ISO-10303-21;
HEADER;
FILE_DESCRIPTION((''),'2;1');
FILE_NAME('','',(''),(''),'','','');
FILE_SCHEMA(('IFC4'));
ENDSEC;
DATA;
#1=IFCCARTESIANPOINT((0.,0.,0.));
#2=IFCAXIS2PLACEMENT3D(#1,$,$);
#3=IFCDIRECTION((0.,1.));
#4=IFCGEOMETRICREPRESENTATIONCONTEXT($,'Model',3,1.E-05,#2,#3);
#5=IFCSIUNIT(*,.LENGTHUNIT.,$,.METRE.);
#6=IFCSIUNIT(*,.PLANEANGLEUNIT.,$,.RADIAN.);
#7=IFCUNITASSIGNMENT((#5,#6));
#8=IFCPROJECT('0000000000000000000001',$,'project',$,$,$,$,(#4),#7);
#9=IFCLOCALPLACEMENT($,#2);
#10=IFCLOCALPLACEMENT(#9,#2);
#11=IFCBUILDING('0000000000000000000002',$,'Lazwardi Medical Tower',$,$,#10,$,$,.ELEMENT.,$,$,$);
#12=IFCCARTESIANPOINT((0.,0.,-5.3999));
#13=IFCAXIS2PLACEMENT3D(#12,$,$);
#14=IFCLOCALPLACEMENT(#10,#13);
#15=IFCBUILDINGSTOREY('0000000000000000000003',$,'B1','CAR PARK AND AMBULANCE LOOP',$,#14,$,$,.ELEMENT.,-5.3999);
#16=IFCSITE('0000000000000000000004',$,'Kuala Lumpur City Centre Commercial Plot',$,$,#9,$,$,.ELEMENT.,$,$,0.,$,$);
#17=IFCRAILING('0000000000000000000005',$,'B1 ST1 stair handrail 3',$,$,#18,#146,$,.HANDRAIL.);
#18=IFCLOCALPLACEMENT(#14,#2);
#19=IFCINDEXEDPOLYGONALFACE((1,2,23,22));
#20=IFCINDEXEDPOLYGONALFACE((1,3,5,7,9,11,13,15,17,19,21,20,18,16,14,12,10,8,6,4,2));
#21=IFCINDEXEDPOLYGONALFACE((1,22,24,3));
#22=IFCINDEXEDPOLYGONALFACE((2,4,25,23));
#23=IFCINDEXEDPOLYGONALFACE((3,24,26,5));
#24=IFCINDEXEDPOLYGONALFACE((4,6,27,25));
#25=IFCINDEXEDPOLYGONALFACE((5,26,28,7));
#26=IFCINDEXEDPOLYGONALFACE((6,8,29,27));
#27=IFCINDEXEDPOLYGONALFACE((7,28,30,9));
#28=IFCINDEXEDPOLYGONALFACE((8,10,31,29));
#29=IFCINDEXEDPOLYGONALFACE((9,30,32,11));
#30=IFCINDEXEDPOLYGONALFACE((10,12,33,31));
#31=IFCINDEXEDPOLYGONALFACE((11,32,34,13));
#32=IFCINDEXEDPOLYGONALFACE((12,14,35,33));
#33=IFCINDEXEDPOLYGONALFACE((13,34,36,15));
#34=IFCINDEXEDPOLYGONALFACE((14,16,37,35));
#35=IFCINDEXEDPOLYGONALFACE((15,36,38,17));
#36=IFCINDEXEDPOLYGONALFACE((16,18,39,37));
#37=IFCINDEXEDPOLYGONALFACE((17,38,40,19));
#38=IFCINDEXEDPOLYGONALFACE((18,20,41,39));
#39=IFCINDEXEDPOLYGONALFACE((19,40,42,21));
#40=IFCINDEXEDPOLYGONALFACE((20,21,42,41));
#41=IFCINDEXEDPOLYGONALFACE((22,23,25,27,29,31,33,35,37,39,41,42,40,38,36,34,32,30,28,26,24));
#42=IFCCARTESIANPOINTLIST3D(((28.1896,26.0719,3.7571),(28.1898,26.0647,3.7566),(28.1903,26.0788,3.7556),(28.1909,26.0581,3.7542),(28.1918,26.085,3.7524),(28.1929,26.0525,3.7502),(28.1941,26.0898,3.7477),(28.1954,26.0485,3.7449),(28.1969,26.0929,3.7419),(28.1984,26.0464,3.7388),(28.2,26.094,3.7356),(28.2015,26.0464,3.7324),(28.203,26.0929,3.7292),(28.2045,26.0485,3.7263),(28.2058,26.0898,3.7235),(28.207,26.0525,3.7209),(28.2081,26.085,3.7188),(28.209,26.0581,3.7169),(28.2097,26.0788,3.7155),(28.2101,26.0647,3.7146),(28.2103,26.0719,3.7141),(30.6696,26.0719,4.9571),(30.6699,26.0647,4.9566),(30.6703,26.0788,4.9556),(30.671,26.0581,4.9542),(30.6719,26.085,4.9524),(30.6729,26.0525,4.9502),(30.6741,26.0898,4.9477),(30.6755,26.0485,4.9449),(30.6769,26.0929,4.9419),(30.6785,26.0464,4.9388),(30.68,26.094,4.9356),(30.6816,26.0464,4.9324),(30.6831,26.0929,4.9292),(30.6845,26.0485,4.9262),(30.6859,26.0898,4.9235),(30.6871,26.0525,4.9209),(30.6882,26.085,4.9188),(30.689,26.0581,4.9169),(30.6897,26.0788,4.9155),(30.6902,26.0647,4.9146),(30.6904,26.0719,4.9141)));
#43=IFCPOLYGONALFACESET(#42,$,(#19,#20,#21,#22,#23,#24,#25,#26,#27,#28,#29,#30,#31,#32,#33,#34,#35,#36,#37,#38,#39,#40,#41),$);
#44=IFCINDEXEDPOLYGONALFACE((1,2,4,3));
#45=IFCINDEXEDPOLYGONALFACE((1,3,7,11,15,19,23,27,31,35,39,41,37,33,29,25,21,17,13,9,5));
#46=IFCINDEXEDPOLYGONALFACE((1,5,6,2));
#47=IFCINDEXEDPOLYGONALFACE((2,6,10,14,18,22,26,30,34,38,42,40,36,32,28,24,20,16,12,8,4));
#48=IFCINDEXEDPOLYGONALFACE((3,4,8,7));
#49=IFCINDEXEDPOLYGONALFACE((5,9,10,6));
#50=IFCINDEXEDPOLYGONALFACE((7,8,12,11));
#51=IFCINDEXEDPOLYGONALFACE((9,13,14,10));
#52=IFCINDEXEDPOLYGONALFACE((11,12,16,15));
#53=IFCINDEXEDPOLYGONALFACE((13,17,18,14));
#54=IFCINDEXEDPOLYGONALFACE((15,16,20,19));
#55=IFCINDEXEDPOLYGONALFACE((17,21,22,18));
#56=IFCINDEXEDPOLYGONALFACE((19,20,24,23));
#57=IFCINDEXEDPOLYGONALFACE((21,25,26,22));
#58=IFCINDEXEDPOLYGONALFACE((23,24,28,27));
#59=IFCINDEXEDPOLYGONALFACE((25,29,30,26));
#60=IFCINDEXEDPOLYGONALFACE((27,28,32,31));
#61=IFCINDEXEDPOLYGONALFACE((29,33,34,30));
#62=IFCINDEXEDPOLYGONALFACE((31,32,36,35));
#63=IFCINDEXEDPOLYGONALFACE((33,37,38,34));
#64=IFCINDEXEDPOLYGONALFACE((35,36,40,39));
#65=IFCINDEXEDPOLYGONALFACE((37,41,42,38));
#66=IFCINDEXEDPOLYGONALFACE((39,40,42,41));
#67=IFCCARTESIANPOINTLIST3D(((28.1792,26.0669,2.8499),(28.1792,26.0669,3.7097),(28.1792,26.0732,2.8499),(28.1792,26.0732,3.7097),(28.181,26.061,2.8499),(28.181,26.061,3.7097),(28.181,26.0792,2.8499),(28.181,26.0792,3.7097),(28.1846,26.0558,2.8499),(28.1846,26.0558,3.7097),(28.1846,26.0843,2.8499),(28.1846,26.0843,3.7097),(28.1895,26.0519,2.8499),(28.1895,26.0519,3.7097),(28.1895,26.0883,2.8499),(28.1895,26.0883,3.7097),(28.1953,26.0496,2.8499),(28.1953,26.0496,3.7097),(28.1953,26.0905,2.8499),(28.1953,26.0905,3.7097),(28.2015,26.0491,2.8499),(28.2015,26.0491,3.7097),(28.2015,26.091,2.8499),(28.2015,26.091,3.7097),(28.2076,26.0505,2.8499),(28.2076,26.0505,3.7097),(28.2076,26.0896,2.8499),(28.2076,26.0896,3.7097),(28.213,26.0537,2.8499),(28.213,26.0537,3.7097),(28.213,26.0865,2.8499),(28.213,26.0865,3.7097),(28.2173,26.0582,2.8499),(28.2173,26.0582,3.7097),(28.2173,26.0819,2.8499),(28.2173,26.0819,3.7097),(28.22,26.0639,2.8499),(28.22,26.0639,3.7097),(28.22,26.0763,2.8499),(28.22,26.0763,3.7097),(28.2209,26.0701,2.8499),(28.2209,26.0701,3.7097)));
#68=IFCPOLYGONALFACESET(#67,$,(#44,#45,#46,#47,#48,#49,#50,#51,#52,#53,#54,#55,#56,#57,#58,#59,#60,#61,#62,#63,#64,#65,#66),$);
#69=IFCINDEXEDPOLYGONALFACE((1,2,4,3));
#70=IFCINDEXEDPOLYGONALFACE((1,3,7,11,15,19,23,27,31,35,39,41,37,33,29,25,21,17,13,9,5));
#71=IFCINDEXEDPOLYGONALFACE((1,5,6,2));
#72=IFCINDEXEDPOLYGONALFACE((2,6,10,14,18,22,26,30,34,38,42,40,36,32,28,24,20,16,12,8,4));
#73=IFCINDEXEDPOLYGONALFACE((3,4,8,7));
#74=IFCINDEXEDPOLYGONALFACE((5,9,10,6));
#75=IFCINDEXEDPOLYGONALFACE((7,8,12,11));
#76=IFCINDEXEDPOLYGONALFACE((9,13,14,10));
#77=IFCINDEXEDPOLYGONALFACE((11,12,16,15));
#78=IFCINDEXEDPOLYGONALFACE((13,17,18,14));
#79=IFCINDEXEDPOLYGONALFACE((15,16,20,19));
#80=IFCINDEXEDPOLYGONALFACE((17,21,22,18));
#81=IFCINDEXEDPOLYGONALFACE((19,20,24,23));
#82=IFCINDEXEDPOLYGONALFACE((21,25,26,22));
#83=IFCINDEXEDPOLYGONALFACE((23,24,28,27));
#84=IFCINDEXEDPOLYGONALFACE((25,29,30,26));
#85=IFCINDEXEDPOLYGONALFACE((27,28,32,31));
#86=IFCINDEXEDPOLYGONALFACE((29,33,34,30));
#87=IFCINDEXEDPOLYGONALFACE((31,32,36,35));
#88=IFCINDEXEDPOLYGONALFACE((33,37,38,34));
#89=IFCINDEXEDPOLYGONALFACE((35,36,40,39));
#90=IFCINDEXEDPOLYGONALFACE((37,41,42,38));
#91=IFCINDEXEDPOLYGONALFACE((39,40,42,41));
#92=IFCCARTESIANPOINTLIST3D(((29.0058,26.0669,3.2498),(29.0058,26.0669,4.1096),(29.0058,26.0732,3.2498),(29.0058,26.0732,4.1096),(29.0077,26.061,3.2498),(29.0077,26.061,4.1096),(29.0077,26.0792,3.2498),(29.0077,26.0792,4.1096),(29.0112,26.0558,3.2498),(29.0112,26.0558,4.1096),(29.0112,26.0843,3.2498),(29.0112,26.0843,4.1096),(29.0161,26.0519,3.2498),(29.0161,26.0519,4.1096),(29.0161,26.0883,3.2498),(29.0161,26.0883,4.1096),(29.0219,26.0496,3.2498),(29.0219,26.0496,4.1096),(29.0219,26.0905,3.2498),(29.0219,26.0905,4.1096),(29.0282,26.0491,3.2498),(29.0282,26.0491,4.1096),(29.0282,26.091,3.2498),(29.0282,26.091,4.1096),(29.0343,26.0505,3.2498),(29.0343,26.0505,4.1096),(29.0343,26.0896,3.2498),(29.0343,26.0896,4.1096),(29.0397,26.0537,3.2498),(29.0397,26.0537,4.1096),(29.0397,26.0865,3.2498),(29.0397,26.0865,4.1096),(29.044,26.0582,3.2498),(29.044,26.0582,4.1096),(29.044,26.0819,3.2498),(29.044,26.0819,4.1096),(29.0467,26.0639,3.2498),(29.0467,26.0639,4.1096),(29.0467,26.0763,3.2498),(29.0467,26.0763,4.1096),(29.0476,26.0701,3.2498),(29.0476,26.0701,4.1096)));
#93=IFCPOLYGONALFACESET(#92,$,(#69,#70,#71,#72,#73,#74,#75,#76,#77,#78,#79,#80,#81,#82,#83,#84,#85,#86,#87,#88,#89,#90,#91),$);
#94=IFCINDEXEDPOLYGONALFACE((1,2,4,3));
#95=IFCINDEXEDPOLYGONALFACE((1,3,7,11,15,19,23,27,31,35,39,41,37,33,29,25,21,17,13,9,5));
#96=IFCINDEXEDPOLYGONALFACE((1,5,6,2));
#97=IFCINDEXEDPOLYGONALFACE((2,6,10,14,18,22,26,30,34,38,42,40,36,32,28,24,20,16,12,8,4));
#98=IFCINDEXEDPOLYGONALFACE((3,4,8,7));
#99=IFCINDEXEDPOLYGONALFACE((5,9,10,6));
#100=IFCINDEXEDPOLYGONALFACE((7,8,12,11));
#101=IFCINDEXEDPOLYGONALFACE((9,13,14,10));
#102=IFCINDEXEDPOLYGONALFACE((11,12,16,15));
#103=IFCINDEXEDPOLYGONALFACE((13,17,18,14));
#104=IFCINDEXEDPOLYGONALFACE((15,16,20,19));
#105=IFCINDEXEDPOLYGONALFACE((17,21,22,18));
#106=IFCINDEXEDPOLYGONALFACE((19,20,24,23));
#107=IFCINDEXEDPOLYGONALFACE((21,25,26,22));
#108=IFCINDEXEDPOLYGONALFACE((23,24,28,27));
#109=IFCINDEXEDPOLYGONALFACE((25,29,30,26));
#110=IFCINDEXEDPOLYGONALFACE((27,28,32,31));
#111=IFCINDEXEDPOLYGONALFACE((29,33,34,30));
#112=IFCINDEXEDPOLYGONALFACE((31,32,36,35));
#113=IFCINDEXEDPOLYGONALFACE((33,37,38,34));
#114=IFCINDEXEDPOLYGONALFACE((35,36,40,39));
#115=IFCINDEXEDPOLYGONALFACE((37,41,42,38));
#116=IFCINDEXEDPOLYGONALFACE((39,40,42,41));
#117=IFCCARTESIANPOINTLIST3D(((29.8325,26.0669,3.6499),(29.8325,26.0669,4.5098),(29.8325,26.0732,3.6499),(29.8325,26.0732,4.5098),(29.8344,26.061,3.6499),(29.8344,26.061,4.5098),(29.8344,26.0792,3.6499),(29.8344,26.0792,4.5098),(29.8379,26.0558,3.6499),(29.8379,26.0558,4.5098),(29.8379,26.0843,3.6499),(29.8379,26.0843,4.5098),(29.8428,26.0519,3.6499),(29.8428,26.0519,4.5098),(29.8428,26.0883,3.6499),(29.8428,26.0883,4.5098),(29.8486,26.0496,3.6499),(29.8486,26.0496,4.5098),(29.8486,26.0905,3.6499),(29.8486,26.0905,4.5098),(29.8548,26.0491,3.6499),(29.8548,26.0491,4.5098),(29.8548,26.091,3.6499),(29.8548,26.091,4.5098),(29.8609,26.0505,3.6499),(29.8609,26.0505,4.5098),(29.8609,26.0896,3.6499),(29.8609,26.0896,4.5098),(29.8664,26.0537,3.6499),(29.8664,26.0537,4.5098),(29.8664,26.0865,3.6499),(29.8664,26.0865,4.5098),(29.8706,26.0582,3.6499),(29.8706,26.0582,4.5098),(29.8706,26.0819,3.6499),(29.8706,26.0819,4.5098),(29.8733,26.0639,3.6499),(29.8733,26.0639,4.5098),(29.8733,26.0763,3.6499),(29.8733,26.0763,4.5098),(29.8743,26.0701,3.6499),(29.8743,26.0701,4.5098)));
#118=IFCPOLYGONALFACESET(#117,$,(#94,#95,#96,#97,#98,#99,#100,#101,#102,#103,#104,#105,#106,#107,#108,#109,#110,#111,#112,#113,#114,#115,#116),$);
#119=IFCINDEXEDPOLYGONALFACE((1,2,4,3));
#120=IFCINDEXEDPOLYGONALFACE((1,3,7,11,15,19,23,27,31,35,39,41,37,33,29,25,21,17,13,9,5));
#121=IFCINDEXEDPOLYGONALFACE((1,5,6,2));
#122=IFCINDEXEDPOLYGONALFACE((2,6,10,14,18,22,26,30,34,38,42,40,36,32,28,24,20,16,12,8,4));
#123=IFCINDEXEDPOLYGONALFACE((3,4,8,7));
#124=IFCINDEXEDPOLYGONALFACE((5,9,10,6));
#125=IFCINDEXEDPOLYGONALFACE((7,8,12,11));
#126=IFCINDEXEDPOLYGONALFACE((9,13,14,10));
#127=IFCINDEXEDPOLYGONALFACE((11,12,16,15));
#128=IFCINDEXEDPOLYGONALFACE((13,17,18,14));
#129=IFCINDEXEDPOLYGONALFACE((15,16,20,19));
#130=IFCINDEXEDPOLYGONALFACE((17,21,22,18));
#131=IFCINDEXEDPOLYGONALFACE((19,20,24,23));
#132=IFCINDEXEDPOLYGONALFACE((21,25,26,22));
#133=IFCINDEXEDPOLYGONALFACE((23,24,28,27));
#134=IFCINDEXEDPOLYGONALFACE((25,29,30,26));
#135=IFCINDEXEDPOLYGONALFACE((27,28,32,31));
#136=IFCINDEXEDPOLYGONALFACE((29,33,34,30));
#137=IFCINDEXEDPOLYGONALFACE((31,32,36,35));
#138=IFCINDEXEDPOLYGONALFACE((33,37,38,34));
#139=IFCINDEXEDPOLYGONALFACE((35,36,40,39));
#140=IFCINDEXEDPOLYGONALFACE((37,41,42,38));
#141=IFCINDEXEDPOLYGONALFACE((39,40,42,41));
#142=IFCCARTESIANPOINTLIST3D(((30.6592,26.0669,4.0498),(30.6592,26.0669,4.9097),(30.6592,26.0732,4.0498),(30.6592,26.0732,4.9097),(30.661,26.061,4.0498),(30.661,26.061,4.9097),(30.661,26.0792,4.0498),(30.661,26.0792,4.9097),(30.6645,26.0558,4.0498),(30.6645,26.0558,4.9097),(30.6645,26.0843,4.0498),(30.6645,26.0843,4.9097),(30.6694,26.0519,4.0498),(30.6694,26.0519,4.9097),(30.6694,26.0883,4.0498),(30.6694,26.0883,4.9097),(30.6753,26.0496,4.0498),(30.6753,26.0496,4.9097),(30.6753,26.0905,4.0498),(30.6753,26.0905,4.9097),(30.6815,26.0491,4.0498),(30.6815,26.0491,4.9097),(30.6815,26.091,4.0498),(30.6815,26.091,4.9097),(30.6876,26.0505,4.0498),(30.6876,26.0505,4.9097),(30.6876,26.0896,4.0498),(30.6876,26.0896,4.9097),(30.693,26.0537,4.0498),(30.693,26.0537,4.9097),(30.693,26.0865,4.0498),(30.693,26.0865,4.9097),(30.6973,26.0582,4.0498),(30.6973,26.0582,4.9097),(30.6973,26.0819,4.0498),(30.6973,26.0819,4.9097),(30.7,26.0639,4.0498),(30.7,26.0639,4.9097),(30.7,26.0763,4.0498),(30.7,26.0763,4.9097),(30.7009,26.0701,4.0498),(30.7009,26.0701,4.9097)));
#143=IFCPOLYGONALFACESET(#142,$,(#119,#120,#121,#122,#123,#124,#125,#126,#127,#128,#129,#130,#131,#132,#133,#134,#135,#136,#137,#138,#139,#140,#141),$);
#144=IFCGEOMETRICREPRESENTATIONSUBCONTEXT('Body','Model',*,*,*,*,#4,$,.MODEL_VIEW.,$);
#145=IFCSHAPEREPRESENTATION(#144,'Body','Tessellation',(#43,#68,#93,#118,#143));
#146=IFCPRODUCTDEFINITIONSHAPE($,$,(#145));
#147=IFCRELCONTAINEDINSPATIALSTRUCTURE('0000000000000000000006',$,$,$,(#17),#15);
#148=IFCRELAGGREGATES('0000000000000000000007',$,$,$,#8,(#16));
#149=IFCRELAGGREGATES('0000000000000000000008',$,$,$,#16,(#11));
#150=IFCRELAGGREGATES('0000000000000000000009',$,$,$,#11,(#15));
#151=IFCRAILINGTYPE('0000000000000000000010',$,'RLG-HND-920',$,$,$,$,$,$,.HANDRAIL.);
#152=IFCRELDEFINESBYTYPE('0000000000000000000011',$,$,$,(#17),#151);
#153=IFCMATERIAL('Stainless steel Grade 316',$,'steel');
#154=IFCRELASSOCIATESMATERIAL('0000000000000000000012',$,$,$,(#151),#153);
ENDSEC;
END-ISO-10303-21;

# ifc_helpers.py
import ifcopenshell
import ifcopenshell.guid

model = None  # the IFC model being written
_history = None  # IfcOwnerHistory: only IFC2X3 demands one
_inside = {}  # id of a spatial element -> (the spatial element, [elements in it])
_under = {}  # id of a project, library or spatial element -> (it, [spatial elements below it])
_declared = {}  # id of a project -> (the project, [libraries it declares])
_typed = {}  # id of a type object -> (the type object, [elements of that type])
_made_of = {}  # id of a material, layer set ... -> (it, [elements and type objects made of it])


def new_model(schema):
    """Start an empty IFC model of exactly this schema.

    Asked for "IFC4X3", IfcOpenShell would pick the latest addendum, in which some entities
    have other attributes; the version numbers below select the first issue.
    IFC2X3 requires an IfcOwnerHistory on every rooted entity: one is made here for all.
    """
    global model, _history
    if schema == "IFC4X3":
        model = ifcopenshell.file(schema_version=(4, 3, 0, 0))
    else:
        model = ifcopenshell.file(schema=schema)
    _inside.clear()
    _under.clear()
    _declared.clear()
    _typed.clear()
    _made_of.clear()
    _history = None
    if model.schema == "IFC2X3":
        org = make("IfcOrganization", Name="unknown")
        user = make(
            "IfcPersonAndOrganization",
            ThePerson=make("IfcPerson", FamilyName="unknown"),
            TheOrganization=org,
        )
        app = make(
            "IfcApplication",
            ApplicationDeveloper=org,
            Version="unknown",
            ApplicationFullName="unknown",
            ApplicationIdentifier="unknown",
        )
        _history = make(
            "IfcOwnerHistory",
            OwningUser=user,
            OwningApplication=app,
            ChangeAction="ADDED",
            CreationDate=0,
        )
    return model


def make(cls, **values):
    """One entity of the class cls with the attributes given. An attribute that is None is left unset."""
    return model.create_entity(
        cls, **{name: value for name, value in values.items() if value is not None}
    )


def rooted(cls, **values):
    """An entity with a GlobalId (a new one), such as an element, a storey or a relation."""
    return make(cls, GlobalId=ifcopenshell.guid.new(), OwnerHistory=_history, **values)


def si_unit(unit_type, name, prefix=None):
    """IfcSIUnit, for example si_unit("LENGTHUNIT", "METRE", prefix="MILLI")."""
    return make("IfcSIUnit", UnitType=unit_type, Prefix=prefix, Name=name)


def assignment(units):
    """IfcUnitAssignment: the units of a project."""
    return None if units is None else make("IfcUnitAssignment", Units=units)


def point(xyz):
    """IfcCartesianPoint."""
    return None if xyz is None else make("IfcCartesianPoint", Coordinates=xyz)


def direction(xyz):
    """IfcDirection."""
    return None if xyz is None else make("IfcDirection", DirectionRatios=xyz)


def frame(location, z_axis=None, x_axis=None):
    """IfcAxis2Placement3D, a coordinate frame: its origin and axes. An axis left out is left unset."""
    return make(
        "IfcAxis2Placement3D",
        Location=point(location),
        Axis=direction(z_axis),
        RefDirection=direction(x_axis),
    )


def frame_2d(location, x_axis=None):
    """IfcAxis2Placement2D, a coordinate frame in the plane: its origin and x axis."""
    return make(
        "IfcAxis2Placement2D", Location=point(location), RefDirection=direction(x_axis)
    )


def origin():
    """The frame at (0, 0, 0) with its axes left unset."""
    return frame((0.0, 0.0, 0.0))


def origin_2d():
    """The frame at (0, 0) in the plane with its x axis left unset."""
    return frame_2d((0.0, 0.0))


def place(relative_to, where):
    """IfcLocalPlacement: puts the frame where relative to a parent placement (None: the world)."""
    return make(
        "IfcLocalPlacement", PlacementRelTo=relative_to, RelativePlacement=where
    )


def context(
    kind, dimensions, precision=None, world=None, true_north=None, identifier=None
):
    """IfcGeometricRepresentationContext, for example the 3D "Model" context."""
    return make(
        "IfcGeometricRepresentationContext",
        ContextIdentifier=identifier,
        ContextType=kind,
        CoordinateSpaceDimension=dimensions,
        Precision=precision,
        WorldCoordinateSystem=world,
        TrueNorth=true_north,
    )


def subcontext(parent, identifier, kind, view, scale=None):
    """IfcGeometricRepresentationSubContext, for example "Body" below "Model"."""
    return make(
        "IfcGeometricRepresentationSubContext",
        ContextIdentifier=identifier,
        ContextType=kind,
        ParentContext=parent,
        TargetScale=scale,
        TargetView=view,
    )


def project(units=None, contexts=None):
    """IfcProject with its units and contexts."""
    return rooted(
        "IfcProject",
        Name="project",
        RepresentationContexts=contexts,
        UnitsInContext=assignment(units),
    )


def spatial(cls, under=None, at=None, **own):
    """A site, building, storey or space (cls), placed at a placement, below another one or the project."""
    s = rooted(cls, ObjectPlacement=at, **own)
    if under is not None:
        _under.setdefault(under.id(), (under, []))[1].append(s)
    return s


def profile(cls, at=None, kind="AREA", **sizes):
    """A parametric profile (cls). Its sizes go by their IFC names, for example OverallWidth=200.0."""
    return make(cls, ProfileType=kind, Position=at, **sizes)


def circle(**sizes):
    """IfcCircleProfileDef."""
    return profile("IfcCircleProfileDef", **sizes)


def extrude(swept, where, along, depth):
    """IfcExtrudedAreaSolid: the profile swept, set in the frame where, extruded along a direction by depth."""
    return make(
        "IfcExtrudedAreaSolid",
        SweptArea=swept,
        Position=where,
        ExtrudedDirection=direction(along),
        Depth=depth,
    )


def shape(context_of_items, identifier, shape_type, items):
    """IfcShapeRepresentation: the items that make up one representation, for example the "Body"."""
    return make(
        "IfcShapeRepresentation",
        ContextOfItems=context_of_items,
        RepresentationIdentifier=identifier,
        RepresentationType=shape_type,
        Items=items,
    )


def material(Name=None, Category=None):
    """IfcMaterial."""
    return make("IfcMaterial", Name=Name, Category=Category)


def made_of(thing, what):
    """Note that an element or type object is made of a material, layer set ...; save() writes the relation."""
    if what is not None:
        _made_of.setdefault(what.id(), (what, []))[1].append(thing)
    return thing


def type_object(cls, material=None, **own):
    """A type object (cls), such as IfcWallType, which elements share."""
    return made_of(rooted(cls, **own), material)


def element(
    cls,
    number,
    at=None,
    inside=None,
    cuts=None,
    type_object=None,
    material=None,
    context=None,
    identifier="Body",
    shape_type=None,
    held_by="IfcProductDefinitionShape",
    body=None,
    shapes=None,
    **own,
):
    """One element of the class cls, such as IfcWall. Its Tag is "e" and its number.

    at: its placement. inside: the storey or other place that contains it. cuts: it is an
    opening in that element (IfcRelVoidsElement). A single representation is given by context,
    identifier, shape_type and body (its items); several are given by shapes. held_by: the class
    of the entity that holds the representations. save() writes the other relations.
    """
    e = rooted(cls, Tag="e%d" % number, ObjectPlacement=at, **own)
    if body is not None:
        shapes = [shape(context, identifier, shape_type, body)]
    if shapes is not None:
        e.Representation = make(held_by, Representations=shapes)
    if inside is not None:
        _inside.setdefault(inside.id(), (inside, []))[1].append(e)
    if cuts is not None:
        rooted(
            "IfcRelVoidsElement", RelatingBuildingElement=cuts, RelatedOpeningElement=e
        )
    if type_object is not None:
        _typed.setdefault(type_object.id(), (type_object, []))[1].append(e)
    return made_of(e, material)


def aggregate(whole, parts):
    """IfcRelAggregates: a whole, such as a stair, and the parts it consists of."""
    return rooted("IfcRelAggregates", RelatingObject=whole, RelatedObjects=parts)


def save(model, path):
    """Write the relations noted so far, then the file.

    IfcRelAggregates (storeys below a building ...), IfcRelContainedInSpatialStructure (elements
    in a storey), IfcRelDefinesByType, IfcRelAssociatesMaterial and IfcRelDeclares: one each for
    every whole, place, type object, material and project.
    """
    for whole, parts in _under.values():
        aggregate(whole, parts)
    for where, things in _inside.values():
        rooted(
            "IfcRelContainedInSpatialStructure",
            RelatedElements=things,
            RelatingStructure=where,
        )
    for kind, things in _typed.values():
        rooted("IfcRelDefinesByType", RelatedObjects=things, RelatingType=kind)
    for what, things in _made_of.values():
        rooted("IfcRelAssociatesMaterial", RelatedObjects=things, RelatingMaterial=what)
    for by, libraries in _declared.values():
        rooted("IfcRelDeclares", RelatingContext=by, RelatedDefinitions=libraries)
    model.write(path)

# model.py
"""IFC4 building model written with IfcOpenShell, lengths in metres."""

from ifc_helpers import new_model, si_unit, direction, frame, origin, origin_2d, place, context, subcontext, project, spatial, circle, extrude, material, type_object, element, save


model = new_model("IFC4")

# Units and contexts
model_context = context("Model", 3, precision=1e-05, world=origin(), true_north=direction((0.0, 1.0)))
body_context = subcontext(model_context, "Body", "Model", "MODEL_VIEW")
ifc_project = project(units=[si_unit("LENGTHUNIT", "METRE"), si_unit("PLANEANGLEUNIT", "RADIAN")], contexts=[model_context])

# Site, building, storey
site_placement = place(None, origin())
site = spatial("IfcSite", under=ifc_project, at=site_placement, Name="Kuala Lumpur City Centre Commercial Plot", CompositionType="ELEMENT", RefElevation=0.0)
building_placement = place(site_placement, origin())
building = spatial("IfcBuilding", under=site, at=building_placement, Name="Lazwardi Medical Tower", CompositionType="ELEMENT")
storey_placement = place(building_placement, frame((0.0, 0.0, -5.3999)))
storey = spatial("IfcBuildingStorey", under=building, at=storey_placement, Name="B1", Description="CAR PARK AND AMBULANCE LOOP", CompositionType="ELEMENT", Elevation=-5.3999)

# Railing
ifc_material_1 = material(Name="Stainless steel Grade 316", Category="steel")
railing_type_1 = type_object("IfcRailingType", Name="RLG-HND-920", PredefinedType="HANDRAIL", material=ifc_material_1)
railing_1_placement = place(storey_placement, frame((28.2, 26.0701, 2.8499)))
element("IfcRailing", 1, at=railing_1_placement, inside=storey, type_object=railing_type_1, Name="B1 ST1 stair handrail 3", PredefinedType="HANDRAIL", context=body_context, shape_type="SweptSolid", body=[
    extrude(circle(Radius=0.0239, at=origin_2d()), frame((0.0, 0.0, 0.8857), z_axis=(0.900165, 0.0, 0.435549), x_axis=(0.0, 1.0, 0.0)), (0.0, 0.0, 1.0), 2.7551),
    extrude(circle(Radius=0.021, at=origin_2d()), origin(), (0.0, 0.0, 1.0), 0.8599),
    extrude(circle(Radius=0.021, at=origin_2d()), frame((0.8267, 0.0, 0.3999)), (0.0, 0.0, 1.0), 0.8599),
    extrude(circle(Radius=0.021, at=origin_2d()), frame((1.6533, 0.0, 0.8)), (0.0, 0.0, 1.0), 0.8599),
    extrude(circle(Radius=0.021, at=origin_2d()), frame((2.48, 0.0, 1.2)), (0.0, 0.0, 1.0), 0.8599),
])

save(model, "model.ifc")
